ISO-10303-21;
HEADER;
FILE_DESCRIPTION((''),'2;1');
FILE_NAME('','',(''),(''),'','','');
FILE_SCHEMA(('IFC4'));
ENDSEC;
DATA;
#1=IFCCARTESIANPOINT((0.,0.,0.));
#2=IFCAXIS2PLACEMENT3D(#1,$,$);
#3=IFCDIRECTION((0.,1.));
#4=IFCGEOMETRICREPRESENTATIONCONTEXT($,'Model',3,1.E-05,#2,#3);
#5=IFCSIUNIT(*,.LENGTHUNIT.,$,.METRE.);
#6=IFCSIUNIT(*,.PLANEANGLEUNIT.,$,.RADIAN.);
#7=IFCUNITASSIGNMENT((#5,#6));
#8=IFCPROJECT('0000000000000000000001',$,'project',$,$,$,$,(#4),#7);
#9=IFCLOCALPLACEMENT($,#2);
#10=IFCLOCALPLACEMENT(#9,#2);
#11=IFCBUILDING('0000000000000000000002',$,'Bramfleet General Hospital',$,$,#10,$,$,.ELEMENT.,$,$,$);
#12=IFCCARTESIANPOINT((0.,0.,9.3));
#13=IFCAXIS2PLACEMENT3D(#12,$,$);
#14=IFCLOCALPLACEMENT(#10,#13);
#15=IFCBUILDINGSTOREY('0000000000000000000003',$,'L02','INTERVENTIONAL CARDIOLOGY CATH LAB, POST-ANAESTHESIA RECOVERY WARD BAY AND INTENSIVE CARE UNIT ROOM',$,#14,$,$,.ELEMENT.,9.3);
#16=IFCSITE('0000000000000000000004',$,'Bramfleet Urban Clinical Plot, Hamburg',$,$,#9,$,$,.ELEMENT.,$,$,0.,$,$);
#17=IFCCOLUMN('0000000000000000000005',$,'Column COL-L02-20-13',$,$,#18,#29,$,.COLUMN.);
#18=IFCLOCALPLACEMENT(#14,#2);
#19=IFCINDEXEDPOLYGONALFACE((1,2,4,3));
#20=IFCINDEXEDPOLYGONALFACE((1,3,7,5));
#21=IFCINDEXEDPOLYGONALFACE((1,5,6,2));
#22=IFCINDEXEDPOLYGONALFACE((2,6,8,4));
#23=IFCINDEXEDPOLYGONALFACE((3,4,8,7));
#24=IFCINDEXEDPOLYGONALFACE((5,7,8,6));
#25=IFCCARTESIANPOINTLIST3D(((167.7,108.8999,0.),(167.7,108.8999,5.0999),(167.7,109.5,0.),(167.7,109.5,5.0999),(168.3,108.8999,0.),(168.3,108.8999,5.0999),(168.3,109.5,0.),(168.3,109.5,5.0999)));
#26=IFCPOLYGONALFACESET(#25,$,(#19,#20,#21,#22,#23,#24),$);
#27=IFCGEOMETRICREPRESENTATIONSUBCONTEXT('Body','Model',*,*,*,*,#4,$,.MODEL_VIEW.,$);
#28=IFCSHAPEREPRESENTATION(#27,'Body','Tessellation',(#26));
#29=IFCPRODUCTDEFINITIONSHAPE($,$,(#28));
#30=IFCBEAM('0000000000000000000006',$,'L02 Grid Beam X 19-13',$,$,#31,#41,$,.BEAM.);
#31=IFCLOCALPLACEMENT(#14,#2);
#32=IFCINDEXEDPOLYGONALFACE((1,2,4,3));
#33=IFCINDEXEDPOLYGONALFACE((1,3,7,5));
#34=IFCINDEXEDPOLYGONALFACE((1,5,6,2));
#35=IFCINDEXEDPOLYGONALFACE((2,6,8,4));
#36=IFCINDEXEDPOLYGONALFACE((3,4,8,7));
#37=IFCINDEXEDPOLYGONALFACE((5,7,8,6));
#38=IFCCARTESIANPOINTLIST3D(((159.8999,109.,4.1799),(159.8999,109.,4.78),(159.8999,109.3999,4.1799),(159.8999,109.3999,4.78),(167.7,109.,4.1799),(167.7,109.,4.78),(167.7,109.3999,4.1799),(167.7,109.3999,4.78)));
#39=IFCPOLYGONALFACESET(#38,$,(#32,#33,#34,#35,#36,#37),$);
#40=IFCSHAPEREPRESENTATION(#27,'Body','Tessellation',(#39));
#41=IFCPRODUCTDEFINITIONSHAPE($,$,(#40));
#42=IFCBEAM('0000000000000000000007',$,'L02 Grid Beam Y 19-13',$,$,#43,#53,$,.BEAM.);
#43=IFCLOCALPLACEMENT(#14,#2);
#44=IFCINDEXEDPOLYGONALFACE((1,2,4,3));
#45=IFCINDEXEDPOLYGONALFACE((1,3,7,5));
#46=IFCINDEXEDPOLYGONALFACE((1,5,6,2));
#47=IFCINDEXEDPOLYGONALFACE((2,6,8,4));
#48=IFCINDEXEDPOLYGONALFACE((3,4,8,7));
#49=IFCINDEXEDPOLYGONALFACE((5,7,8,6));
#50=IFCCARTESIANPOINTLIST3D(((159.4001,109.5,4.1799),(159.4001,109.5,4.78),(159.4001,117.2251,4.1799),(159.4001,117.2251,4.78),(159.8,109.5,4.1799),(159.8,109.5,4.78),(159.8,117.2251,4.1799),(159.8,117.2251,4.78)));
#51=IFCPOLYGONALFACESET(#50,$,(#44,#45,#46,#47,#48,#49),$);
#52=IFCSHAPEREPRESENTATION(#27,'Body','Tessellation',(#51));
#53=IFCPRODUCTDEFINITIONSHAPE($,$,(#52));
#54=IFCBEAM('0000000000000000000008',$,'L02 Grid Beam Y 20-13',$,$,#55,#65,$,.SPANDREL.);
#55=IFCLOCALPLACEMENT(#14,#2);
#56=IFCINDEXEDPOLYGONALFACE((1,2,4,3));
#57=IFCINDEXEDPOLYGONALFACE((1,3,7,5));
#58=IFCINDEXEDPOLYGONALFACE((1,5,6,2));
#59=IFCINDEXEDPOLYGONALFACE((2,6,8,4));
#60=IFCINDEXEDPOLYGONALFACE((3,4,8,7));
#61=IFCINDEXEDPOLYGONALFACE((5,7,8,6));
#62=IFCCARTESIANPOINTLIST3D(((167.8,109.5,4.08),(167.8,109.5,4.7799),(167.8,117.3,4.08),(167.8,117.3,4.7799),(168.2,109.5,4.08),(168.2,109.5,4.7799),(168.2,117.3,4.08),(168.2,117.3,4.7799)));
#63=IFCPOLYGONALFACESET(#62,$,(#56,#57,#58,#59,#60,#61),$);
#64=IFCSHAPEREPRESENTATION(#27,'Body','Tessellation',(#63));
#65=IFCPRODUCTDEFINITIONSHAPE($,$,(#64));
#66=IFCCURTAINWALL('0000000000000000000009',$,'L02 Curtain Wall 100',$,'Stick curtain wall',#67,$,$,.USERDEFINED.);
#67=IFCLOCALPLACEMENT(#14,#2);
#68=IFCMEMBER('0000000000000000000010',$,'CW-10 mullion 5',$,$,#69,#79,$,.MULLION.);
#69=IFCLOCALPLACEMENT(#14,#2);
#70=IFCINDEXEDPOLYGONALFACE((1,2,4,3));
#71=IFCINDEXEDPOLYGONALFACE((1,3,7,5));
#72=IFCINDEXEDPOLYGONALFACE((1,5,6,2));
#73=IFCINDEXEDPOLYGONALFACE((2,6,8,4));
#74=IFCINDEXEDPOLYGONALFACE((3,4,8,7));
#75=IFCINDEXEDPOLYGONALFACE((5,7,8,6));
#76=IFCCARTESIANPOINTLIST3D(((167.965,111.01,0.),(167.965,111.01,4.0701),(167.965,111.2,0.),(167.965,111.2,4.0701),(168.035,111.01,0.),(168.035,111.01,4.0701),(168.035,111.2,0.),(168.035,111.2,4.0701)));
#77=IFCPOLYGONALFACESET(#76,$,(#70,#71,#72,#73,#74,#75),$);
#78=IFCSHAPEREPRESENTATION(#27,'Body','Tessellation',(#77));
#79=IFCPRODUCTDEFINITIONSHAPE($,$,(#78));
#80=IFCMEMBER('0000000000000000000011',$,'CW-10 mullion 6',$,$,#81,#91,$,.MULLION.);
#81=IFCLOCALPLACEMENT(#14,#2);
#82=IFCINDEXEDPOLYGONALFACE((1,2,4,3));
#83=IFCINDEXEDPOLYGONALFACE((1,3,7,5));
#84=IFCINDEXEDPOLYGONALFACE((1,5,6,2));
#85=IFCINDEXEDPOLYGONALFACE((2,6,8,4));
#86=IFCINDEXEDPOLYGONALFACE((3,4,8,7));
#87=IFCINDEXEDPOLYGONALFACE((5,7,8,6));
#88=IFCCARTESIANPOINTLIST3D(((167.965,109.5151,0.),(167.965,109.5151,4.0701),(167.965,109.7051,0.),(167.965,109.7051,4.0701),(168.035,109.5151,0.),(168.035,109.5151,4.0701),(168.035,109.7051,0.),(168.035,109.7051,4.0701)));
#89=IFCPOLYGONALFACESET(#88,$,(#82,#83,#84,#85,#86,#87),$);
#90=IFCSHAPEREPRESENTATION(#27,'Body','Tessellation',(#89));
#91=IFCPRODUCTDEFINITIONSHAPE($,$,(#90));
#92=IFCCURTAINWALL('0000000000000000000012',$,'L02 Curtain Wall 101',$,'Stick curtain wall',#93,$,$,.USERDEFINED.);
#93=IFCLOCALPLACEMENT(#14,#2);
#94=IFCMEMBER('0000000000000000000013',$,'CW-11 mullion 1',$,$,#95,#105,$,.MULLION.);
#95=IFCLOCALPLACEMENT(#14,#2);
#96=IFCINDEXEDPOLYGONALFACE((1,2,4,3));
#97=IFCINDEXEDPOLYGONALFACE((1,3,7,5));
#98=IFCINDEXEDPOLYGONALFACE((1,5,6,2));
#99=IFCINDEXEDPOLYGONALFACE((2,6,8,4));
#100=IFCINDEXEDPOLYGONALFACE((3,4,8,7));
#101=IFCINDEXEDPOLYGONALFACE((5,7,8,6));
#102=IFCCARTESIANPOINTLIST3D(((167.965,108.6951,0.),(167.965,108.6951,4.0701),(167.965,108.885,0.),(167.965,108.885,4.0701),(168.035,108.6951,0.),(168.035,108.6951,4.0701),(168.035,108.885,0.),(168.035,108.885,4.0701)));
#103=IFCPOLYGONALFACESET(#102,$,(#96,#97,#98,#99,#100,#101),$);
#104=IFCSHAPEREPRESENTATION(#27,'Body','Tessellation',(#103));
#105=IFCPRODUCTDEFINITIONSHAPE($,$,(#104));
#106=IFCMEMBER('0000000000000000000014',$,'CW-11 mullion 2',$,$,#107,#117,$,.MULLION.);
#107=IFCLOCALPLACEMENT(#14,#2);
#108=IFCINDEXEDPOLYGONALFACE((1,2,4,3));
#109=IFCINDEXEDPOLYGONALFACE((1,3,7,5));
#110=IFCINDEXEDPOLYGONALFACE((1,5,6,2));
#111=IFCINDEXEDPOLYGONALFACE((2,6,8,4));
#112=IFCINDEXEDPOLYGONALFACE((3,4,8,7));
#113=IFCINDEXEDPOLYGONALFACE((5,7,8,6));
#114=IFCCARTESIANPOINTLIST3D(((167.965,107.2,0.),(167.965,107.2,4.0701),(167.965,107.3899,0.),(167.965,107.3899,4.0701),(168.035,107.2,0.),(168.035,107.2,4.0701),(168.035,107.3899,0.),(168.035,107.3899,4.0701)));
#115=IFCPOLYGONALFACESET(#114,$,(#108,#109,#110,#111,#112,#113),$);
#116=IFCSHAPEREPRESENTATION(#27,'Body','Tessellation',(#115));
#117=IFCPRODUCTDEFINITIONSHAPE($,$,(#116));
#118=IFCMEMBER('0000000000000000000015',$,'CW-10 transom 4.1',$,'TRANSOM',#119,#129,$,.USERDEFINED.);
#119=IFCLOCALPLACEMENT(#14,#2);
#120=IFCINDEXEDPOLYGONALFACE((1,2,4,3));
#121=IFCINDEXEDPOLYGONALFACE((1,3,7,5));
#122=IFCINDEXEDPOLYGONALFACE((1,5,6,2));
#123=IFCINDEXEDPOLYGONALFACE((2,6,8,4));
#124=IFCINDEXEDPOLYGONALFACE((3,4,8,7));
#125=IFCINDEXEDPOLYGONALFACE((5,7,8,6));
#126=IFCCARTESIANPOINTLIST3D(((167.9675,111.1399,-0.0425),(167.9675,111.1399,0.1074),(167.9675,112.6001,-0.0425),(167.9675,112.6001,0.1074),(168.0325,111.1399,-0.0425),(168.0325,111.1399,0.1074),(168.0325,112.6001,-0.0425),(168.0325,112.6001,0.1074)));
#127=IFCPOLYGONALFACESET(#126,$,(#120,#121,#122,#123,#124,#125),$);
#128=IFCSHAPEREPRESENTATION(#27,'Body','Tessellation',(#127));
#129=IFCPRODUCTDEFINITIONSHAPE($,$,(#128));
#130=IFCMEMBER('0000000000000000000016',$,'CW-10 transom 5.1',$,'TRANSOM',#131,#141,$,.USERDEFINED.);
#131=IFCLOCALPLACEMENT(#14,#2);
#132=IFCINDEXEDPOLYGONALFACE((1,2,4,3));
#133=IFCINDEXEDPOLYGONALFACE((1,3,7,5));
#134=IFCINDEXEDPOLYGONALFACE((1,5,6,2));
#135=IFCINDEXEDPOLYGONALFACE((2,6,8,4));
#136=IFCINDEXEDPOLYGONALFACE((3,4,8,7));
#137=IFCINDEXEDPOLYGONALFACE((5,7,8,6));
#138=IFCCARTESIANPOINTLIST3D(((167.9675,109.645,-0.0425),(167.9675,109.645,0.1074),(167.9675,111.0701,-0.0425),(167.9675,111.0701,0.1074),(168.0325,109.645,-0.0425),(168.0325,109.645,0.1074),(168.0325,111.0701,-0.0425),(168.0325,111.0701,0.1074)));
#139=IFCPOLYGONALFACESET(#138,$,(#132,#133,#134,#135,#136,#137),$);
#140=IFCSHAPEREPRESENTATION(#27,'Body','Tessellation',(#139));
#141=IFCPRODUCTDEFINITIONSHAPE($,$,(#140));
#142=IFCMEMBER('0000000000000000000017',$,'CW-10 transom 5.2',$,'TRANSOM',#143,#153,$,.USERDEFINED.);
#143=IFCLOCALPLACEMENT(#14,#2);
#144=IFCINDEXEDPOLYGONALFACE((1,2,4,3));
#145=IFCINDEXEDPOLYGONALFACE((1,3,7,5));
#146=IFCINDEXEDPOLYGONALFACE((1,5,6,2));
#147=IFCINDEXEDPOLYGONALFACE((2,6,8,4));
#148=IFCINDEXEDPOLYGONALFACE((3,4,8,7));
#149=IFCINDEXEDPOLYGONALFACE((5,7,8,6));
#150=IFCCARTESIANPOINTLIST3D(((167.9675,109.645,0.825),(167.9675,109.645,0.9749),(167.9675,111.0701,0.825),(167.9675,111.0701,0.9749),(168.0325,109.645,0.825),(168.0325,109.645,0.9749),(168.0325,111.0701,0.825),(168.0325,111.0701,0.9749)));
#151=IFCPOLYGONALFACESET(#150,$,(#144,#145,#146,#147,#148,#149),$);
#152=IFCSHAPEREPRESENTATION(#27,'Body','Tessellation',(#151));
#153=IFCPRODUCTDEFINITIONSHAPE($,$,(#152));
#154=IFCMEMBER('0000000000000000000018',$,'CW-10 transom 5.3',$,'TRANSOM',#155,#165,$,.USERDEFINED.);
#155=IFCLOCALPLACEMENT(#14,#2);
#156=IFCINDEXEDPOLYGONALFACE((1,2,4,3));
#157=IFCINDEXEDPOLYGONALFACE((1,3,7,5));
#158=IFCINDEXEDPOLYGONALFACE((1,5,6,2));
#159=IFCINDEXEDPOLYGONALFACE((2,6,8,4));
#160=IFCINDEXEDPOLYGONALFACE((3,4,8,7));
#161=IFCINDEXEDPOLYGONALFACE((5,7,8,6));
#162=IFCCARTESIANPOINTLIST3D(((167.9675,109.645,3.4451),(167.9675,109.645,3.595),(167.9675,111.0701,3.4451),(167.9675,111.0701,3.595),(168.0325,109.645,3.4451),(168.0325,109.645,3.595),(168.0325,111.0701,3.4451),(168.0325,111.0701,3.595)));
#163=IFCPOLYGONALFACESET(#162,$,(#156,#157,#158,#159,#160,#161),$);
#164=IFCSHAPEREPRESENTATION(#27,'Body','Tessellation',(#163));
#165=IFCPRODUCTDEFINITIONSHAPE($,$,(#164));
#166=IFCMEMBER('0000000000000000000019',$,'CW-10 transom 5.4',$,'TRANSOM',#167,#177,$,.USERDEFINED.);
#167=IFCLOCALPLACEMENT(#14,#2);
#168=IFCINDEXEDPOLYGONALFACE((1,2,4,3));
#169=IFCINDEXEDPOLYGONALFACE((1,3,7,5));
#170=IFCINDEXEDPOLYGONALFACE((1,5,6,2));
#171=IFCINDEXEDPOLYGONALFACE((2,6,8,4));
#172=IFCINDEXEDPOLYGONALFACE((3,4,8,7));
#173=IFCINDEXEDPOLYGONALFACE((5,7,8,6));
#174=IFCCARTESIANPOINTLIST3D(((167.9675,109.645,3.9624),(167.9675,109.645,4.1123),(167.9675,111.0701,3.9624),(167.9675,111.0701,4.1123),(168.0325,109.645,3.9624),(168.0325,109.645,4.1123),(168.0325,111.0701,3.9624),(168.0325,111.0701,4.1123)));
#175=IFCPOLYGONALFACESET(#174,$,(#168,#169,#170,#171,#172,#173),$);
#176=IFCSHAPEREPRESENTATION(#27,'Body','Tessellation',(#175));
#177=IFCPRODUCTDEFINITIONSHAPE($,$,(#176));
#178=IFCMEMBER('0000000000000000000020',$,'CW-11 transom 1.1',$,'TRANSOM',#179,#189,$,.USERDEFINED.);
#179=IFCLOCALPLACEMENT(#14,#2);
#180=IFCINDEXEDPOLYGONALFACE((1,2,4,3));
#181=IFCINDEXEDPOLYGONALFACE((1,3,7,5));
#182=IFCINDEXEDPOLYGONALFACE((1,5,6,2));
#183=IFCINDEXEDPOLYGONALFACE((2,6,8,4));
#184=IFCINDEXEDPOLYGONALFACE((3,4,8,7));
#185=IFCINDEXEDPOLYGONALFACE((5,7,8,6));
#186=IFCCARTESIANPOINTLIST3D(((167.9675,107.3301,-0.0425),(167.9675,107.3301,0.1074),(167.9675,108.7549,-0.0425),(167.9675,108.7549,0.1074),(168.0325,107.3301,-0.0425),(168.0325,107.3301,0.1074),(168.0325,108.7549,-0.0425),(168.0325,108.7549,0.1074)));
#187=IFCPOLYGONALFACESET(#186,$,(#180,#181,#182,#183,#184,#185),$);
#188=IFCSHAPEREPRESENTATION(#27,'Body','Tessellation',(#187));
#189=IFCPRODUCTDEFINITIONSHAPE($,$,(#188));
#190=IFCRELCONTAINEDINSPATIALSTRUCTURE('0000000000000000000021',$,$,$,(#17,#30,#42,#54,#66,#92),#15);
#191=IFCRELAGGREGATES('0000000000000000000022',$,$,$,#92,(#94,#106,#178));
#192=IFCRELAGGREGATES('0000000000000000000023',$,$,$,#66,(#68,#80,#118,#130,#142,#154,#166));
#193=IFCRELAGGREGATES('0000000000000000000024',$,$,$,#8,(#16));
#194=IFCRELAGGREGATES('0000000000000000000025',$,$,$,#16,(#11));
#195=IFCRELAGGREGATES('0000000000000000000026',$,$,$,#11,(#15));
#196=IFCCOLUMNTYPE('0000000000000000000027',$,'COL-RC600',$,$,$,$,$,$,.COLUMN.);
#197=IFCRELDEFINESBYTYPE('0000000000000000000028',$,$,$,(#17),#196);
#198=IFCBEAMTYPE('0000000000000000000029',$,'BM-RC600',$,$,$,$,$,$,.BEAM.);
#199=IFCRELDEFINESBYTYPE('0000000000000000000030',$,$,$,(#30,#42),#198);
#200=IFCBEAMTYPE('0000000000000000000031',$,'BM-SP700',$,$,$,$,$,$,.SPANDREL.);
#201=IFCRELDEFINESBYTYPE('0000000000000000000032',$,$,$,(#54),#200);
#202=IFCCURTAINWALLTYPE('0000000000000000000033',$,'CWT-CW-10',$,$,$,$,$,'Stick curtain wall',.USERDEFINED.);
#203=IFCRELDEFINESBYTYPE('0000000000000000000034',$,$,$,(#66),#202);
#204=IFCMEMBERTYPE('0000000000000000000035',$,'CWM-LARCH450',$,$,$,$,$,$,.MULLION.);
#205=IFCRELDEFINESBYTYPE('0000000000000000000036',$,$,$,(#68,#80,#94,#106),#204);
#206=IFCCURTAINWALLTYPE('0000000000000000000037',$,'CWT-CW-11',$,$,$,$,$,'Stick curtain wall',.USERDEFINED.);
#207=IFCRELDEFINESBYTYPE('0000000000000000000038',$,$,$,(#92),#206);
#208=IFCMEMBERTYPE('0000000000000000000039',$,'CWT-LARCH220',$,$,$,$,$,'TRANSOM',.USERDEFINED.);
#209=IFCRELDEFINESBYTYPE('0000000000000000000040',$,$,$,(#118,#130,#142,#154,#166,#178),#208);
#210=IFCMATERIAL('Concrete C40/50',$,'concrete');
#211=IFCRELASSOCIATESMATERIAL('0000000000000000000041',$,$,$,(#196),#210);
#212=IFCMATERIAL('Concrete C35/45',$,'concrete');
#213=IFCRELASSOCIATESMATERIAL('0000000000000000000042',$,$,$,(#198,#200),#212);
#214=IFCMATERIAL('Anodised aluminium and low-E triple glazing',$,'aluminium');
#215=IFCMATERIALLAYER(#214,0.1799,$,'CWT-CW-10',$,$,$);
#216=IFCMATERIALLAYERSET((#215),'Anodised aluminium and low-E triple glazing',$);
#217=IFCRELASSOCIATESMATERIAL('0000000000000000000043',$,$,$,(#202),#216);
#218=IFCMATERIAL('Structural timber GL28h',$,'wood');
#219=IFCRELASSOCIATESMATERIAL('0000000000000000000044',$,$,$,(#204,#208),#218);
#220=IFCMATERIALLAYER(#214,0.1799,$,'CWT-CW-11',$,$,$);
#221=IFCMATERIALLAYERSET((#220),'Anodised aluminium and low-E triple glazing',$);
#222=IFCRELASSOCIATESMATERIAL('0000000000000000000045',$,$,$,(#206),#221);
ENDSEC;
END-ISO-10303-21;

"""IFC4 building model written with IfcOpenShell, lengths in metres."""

from ifc_helpers import new_model, si_unit, direction, frame, origin, origin_2d, place, context, subcontext, project, spatial, rectangle, extrude, material, layer, layer_set, material_profile, profile_set, type_object, element, aggregate, save


model = new_model("IFC4")

# Units and contexts
model_context = context("Model", 3, precision=1e-05, world=origin(), true_north=direction((0.0, 1.0)))
body_context = subcontext(model_context, "Body", "Model", "MODEL_VIEW")
ifc_project = project(units=[si_unit("LENGTHUNIT", "METRE"), si_unit("PLANEANGLEUNIT", "RADIAN")], contexts=[model_context])

# Site, building, storey
site_placement = place(None, origin())
site = spatial("IfcSite", under=ifc_project, at=site_placement, Name="Bramfleet Urban Clinical Plot, Hamburg", CompositionType="ELEMENT", RefElevation=0.0)
building_placement = place(site_placement, origin())
building = spatial("IfcBuilding", under=site, at=building_placement, Name="Bramfleet General Hospital", CompositionType="ELEMENT")
storey_placement = place(building_placement, frame((0.0, 0.0, 9.3)))
storey = spatial("IfcBuildingStorey", under=building, at=storey_placement, Name="L02", Description="INTERVENTIONAL CARDIOLOGY CATH LAB, POST-ANAESTHESIA RECOVERY WARD BAY AND INTENSIVE CARE UNIT ROOM", CompositionType="ELEMENT", Elevation=9.3)

# Column
ifc_material_1 = material(Name="Concrete C40/50", Category="concrete")
ifc_material_profile_1 = material_profile(ifc_material_1, rectangle(XDim=0.6001, YDim=0.6001, at=origin_2d()), Name="RC COL 600x600")
ifc_profile_set_1 = profile_set([ifc_material_profile_1], Name="Concrete C40/50")
column_type = type_object("IfcColumnType", Name="COL-RC600", PredefinedType="COLUMN", material=ifc_profile_set_1)
column_placement = place(storey_placement, frame((168.0, 109.2, 0.0), z_axis=(0.0, 0.0, 1.0), x_axis=(1.0, 0.0, 0.0)))
element("IfcColumn", 1, at=column_placement, inside=storey, type_object=column_type, Name="Column COL-L02-20-13", PredefinedType="COLUMN", context=body_context, shape_type="SweptSolid", body=[
    extrude(rectangle(XDim=0.6001, YDim=0.6001, at=origin_2d()), origin(), (0.0, 0.0, 1.0), 5.0999),
])

# Beams
ifc_material_2 = material(Name="Concrete C35/45", Category="concrete")
ifc_material_profile_2 = material_profile(ifc_material_2, rectangle(XDim=0.3999, YDim=0.6001, at=origin_2d()), Name="RC BM 600x400")
ifc_profile_set_2 = profile_set([ifc_material_profile_2], Name="Concrete C35/45")
beam_type_1 = type_object("IfcBeamType", Name="BM-RC600", PredefinedType="BEAM", material=ifc_profile_set_2)
beam_1_placement = place(storey_placement, frame((159.8999, 109.2, 4.48), z_axis=(1.0, 0.0, 0.0), x_axis=(0.0, 1.0, 0.0)))
element("IfcBeam", 2, at=beam_1_placement, inside=storey, type_object=beam_type_1, Name="L02 Grid Beam X 19-13", PredefinedType="BEAM", context=body_context, shape_type="SweptSolid", body=[
    extrude(rectangle(XDim=0.3999, YDim=0.6001, at=origin_2d()), origin(), (0.0, 0.0, 1.0), 7.8),
])
beam_2_placement = place(storey_placement, frame((159.6001, 109.5, 4.48), z_axis=(0.0, 1.0, 0.0), x_axis=(-1.0, 0.0, 0.0)))
element("IfcBeam", 3, at=beam_2_placement, inside=storey, type_object=beam_type_1, Name="L02 Grid Beam Y 19-13", PredefinedType="BEAM", context=body_context, shape_type="SweptSolid", body=[
    extrude(rectangle(XDim=0.3999, YDim=0.6001, at=origin_2d()), origin(), (0.0, 0.0, 1.0), 7.7251),
])
ifc_material_profile_3 = material_profile(ifc_material_2, rectangle(XDim=0.3999, YDim=0.7, at=origin_2d()), Name="RC SP 700x400")
ifc_profile_set_3 = profile_set([ifc_material_profile_3], Name="Concrete C35/45")
beam_type_2 = type_object("IfcBeamType", Name="BM-SP700", PredefinedType="SPANDREL", material=ifc_profile_set_3)
beam_3_placement = place(storey_placement, frame((168.0, 109.5, 4.4299), z_axis=(0.0, 1.0, 0.0), x_axis=(-1.0, 0.0, 0.0)))
element("IfcBeam", 4, at=beam_3_placement, inside=storey, type_object=beam_type_2, Name="L02 Grid Beam Y 20-13", PredefinedType="SPANDREL", context=body_context, shape_type="SweptSolid", body=[
    extrude(rectangle(XDim=0.3999, YDim=0.7, at=origin_2d()), origin(), (0.0, 0.0, 1.0), 7.8),
])

# Curtain walls, members
ifc_material_3 = material(Name="Anodised aluminium and low-E triple glazing", Category="aluminium")
ifc_layer_1 = layer(ifc_material_3, 0.1799, Name="CWT-CW-10")
ifc_layer_set_1 = layer_set([ifc_layer_1], Name="Anodised aluminium and low-E triple glazing")
curtain_wall_type_1 = type_object("IfcCurtainWallType", Name="CWT-CW-10", ElementType="Stick curtain wall", PredefinedType="USERDEFINED", material=ifc_layer_set_1)
curtain_wall_1_placement = place(storey_placement, origin())
curtain_wall_1 = element("IfcCurtainWall", 5, at=curtain_wall_1_placement, inside=storey, type_object=curtain_wall_type_1, Name="L02 Curtain Wall 100", ObjectType="Stick curtain wall", PredefinedType="USERDEFINED")
ifc_material_4 = material(Name="Structural timber GL28h", Category="wood")
ifc_material_profile_4 = material_profile(ifc_material_4, rectangle(XDim=0.0701, YDim=0.1899, at=origin_2d()), Name="LARCH 190x70")
ifc_profile_set_4 = profile_set([ifc_material_profile_4], Name="Structural timber GL28h")
member_type_1 = type_object("IfcMemberType", Name="CWM-LARCH450", PredefinedType="MULLION", material=ifc_profile_set_4)
member_1_placement = place(storey_placement, frame((168.0, 111.105, 0.0), z_axis=(0.0, 0.0, 1.0), x_axis=(1.0, 0.0, 0.0)))
member_1 = element("IfcMember", 6, at=member_1_placement, type_object=member_type_1, Name="CW-10 mullion 5", PredefinedType="MULLION", context=body_context, shape_type="SweptSolid", body=[
    extrude(rectangle(XDim=0.0701, YDim=0.1899, at=origin_2d()), origin(), (0.0, 0.0, 1.0), 4.0701),
])
member_2_placement = place(storey_placement, frame((168.0, 109.6101, 0.0), z_axis=(0.0, 0.0, 1.0), x_axis=(1.0, 0.0, 0.0)))
member_2 = element("IfcMember", 7, at=member_2_placement, type_object=member_type_1, Name="CW-10 mullion 6", PredefinedType="MULLION", context=body_context, shape_type="SweptSolid", body=[
    extrude(rectangle(XDim=0.0701, YDim=0.1899, at=origin_2d()), origin(), (0.0, 0.0, 1.0), 4.0701),
])
ifc_layer_2 = layer(ifc_material_3, 0.1799, Name="CWT-CW-11")
ifc_layer_set_2 = layer_set([ifc_layer_2], Name="Anodised aluminium and low-E triple glazing")
curtain_wall_type_2 = type_object("IfcCurtainWallType", Name="CWT-CW-11", ElementType="Stick curtain wall", PredefinedType="USERDEFINED", material=ifc_layer_set_2)
curtain_wall_2_placement = place(storey_placement, origin())
curtain_wall_2 = element("IfcCurtainWall", 8, at=curtain_wall_2_placement, inside=storey, type_object=curtain_wall_type_2, Name="L02 Curtain Wall 101", ObjectType="Stick curtain wall", PredefinedType="USERDEFINED")
member_3_placement = place(storey_placement, frame((168.0, 108.79, 0.0), z_axis=(0.0, 0.0, 1.0), x_axis=(1.0, 0.0, 0.0)))
member_3 = element("IfcMember", 9, at=member_3_placement, type_object=member_type_1, Name="CW-11 mullion 1", PredefinedType="MULLION", context=body_context, shape_type="SweptSolid", body=[
    extrude(rectangle(XDim=0.0701, YDim=0.1899, at=origin_2d()), origin(), (0.0, 0.0, 1.0), 4.0701),
])
member_4_placement = place(storey_placement, frame((168.0, 107.2949, 0.0), z_axis=(0.0, 0.0, 1.0), x_axis=(1.0, 0.0, 0.0)))
member_4 = element("IfcMember", 10, at=member_4_placement, type_object=member_type_1, Name="CW-11 mullion 2", PredefinedType="MULLION", context=body_context, shape_type="SweptSolid", body=[
    extrude(rectangle(XDim=0.0701, YDim=0.1899, at=origin_2d()), origin(), (0.0, 0.0, 1.0), 4.0701),
])

# Members
ifc_material_profile_5 = material_profile(ifc_material_4, rectangle(XDim=0.0649, YDim=0.1499, at=origin_2d()), Name="LARCH 150x65")
ifc_profile_set_5 = profile_set([ifc_material_profile_5], Name="Structural timber GL28h")
member_type_2 = type_object("IfcMemberType", Name="CWT-LARCH220", ElementType="TRANSOM", PredefinedType="USERDEFINED", material=ifc_profile_set_5)
member_5_placement = place(storey_placement, frame((168.0, 112.6001, 0.0325), z_axis=(0.0, -1.0, 0.0), x_axis=(1.0, 0.0, 0.0)))
member_5 = element("IfcMember", 11, at=member_5_placement, type_object=member_type_2, Name="CW-10 transom 4.1", ObjectType="TRANSOM", PredefinedType="USERDEFINED", context=body_context, shape_type="SweptSolid", body=[
    extrude(rectangle(XDim=0.0649, YDim=0.1499, at=origin_2d()), origin(), (0.0, 0.0, 1.0), 1.4602),
])
member_6_placement = place(storey_placement, frame((168.0, 111.0701, 0.0325), z_axis=(0.0, -1.0, 0.0), x_axis=(1.0, 0.0, 0.0)))
member_6 = element("IfcMember", 12, at=member_6_placement, type_object=member_type_2, Name="CW-10 transom 5.1", ObjectType="TRANSOM", PredefinedType="USERDEFINED", context=body_context, shape_type="SweptSolid", body=[
    extrude(rectangle(XDim=0.0649, YDim=0.1499, at=origin_2d()), origin(), (0.0, 0.0, 1.0), 1.425),
])
member_7_placement = place(storey_placement, frame((168.0, 111.0701, 0.8999), z_axis=(0.0, -1.0, 0.0), x_axis=(1.0, 0.0, 0.0)))
member_7 = element("IfcMember", 13, at=member_7_placement, type_object=member_type_2, Name="CW-10 transom 5.2", ObjectType="TRANSOM", PredefinedType="USERDEFINED", context=body_context, shape_type="SweptSolid", body=[
    extrude(rectangle(XDim=0.0649, YDim=0.1499, at=origin_2d()), origin(), (0.0, 0.0, 1.0), 1.425),
])
member_8_placement = place(storey_placement, frame((168.0, 111.0701, 3.52), z_axis=(0.0, -1.0, 0.0), x_axis=(1.0, 0.0, 0.0)))
member_8 = element("IfcMember", 14, at=member_8_placement, type_object=member_type_2, Name="CW-10 transom 5.3", ObjectType="TRANSOM", PredefinedType="USERDEFINED", context=body_context, shape_type="SweptSolid", body=[
    extrude(rectangle(XDim=0.0649, YDim=0.1499, at=origin_2d()), origin(), (0.0, 0.0, 1.0), 1.425),
])
member_9_placement = place(storey_placement, frame((168.0, 111.0701, 4.0374), z_axis=(0.0, -1.0, 0.0), x_axis=(1.0, 0.0, 0.0)))
member_9 = element("IfcMember", 15, at=member_9_placement, type_object=member_type_2, Name="CW-10 transom 5.4", ObjectType="TRANSOM", PredefinedType="USERDEFINED", context=body_context, shape_type="SweptSolid", body=[
    extrude(rectangle(XDim=0.0649, YDim=0.1499, at=origin_2d()), origin(), (0.0, 0.0, 1.0), 1.425),
])
member_10_placement = place(storey_placement, frame((168.0, 108.7549, 0.0325), z_axis=(0.0, -1.0, 0.0), x_axis=(1.0, 0.0, 0.0)))
member_10 = element("IfcMember", 16, at=member_10_placement, type_object=member_type_2, Name="CW-11 transom 1.1", ObjectType="TRANSOM", PredefinedType="USERDEFINED", context=body_context, shape_type="SweptSolid", body=[
    extrude(rectangle(XDim=0.0649, YDim=0.1499, at=origin_2d()), origin(), (0.0, 0.0, 1.0), 1.4248),
])

aggregate(curtain_wall_2, [member_3, member_4, member_10])
aggregate(curtain_wall_1, [member_1, member_2, member_5, member_6, member_7, member_8, member_9])

save(model, "model.ifc")
